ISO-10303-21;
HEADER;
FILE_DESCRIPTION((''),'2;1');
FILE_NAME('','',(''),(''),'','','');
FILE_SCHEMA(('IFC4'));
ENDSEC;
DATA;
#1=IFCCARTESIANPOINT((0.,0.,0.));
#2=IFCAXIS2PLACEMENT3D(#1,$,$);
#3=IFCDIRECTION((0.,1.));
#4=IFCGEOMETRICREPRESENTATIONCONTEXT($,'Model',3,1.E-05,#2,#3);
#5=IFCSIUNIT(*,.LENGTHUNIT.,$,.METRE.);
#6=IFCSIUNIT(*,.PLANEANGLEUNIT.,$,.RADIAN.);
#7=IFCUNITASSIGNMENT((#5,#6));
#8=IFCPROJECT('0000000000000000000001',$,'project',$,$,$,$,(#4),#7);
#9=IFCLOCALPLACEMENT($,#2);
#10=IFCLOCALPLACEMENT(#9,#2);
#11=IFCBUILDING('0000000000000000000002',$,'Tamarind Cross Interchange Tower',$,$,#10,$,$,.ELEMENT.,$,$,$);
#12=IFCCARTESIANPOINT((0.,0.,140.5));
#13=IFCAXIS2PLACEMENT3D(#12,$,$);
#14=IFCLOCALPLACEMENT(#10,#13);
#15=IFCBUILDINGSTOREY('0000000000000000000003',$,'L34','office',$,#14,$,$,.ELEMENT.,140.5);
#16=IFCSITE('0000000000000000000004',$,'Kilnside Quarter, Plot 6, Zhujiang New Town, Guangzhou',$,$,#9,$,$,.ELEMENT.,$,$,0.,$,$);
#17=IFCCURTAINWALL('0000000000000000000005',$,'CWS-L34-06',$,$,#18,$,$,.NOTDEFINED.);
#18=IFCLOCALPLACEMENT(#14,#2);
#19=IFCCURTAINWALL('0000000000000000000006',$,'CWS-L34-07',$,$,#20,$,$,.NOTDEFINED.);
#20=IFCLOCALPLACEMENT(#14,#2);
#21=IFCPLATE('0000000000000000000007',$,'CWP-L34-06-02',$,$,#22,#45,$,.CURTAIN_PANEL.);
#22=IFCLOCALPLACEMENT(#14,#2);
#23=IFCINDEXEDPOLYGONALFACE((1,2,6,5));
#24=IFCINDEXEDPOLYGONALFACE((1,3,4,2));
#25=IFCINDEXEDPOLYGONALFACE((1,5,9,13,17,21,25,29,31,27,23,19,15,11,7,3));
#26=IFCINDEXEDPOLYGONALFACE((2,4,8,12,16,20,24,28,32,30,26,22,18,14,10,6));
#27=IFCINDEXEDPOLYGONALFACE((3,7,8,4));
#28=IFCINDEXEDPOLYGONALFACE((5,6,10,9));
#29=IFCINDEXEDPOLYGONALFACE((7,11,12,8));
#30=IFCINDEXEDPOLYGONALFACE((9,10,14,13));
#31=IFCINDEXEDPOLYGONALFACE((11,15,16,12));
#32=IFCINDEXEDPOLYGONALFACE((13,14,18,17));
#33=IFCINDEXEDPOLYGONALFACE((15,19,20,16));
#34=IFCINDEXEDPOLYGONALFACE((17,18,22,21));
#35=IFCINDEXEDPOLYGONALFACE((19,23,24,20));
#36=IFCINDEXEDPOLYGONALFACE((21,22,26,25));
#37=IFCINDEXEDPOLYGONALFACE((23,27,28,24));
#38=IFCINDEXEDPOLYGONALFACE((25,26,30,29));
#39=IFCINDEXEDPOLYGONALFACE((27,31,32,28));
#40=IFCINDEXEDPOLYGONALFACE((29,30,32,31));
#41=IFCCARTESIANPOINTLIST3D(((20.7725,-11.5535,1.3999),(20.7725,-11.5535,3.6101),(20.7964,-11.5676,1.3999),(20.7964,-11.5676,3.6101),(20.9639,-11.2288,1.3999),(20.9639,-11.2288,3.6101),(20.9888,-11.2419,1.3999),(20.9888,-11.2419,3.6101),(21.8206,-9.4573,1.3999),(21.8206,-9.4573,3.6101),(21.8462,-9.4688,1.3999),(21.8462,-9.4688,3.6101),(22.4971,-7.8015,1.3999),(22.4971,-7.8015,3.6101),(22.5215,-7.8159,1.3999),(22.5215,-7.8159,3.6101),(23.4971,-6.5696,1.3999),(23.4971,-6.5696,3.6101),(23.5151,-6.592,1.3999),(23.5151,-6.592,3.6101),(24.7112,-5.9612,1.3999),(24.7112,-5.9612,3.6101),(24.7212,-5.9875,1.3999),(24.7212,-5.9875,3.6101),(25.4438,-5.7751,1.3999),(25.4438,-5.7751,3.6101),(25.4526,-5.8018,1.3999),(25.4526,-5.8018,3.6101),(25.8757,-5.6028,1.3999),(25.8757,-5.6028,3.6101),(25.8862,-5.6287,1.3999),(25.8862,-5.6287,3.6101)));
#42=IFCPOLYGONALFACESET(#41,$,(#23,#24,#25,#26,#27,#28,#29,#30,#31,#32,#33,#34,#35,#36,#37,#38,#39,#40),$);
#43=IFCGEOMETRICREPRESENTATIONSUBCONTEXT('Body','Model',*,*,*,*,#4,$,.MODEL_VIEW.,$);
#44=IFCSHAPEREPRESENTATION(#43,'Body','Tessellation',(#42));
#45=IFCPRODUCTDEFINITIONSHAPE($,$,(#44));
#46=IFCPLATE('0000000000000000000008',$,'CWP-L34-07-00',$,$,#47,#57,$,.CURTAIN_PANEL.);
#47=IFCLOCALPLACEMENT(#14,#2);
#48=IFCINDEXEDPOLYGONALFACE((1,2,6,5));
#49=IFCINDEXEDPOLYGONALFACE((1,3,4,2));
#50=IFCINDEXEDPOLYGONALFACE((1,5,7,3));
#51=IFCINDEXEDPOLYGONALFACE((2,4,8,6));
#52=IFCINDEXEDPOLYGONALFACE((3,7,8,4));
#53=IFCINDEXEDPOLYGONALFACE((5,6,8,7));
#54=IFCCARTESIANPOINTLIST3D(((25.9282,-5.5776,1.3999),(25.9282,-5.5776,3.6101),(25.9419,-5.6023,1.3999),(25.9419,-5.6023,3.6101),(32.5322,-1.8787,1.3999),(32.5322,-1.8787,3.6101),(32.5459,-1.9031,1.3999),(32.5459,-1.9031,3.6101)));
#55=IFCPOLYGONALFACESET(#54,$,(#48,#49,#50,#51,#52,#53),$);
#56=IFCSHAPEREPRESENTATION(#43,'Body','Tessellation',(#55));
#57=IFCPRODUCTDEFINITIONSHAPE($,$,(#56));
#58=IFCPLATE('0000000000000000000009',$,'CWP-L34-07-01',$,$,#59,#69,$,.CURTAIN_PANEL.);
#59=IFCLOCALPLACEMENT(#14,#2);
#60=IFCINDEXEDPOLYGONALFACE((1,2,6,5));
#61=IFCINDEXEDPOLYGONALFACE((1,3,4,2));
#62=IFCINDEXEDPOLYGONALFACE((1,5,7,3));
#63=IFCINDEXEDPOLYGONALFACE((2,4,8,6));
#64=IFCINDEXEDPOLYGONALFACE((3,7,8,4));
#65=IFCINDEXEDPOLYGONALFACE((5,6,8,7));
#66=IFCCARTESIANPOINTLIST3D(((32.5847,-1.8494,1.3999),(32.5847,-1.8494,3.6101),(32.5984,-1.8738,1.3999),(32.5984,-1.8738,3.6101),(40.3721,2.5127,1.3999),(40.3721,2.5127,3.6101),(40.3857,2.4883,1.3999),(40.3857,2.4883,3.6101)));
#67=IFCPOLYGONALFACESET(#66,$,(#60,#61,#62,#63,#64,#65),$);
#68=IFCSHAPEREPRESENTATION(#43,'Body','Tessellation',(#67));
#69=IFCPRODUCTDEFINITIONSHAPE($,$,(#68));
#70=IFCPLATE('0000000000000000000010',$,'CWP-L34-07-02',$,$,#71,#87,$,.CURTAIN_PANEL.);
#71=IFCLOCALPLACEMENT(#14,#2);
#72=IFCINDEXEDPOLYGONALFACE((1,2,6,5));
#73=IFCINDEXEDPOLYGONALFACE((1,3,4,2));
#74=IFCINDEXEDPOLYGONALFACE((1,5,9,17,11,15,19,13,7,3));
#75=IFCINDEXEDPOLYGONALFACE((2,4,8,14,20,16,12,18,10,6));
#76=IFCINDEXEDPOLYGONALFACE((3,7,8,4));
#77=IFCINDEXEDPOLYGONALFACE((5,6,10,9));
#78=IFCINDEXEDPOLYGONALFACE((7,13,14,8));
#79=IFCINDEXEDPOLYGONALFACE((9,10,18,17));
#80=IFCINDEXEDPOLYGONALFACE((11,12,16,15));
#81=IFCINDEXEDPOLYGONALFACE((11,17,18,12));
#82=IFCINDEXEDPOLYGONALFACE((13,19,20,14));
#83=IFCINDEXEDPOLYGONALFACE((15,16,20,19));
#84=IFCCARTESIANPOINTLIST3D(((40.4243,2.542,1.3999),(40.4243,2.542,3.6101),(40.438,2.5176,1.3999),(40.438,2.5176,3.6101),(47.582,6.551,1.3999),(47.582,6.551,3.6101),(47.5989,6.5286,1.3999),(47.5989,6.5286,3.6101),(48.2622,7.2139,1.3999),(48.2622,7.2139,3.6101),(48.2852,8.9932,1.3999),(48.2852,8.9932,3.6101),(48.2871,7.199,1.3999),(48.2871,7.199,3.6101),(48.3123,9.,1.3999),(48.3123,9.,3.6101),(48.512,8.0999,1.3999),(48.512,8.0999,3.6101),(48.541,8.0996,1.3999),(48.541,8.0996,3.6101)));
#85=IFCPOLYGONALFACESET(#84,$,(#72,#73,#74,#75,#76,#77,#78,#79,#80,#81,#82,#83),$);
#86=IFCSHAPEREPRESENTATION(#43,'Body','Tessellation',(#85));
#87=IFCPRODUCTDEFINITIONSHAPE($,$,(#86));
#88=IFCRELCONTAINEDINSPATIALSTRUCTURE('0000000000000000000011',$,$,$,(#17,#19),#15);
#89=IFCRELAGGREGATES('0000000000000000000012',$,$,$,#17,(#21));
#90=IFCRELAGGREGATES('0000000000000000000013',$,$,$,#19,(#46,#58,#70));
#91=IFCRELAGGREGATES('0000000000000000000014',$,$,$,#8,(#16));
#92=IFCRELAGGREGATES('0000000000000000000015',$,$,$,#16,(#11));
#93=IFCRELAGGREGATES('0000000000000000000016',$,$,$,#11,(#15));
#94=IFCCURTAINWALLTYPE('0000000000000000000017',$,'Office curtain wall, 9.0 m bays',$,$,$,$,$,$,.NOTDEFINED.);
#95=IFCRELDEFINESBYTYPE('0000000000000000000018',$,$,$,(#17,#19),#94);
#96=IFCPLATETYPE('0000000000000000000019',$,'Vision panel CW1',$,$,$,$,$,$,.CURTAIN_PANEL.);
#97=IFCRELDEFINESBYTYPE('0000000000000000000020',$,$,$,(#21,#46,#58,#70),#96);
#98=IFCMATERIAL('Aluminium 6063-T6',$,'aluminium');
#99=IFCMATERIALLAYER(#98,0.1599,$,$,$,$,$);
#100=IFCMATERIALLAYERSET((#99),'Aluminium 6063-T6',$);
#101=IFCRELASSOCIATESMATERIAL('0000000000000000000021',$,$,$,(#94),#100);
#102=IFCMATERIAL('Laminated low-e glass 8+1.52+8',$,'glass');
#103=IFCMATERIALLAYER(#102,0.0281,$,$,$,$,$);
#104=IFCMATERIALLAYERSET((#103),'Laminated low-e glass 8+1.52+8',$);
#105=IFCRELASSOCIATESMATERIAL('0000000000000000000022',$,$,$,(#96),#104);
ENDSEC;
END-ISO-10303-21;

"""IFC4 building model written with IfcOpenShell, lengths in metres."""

from ifc_helpers import new_model, si_unit, direction, frame, origin, place, context, subcontext, project, spatial, polyline, outline, extrude, material, layer, layer_set, type_object, element, aggregate, save


model = new_model("IFC4")

# Units and contexts
model_context = context("Model", 3, precision=1e-05, world=origin(), true_north=direction((0.0, 1.0)))
body_context = subcontext(model_context, "Body", "Model", "MODEL_VIEW")
ifc_project = project(units=[si_unit("LENGTHUNIT", "METRE"), si_unit("PLANEANGLEUNIT", "RADIAN")], contexts=[model_context])

# Site, building, storey
site_placement = place(None, origin())
site = spatial("IfcSite", under=ifc_project, at=site_placement, Name="Kilnside Quarter, Plot 6, Zhujiang New Town, Guangzhou", CompositionType="ELEMENT", RefElevation=0.0)
building_placement = place(site_placement, origin())
building = spatial("IfcBuilding", under=site, at=building_placement, Name="Tamarind Cross Interchange Tower", CompositionType="ELEMENT")
storey_placement = place(building_placement, frame((0.0, 0.0, 140.5)))
storey = spatial("IfcBuildingStorey", under=building, at=storey_placement, Name="L34", Description="office", CompositionType="ELEMENT", Elevation=140.5)

# Curtain walls
ifc_material_1 = material(Name="Aluminium 6063-T6", Category="aluminium")
ifc_layer_1 = layer(ifc_material_1, 0.1599)
ifc_layer_set_1 = layer_set([ifc_layer_1], Name="Aluminium 6063-T6")
curtain_wall_type = type_object("IfcCurtainWallType", Name="Office curtain wall, 9.0 m bays", PredefinedType="NOTDEFINED", material=ifc_layer_set_1)
curtain_wall_1_placement = place(storey_placement, origin())
curtain_wall_1 = element("IfcCurtainWall", 1, at=curtain_wall_1_placement, inside=storey, type_object=curtain_wall_type, Name="CWS-L34-06", PredefinedType="NOTDEFINED")
curtain_wall_2_placement = place(storey_placement, origin())
curtain_wall_2 = element("IfcCurtainWall", 2, at=curtain_wall_2_placement, inside=storey, type_object=curtain_wall_type, Name="CWS-L34-07", PredefinedType="NOTDEFINED")

# Plates
ifc_material_2 = material(Name="Laminated low-e glass 8+1.52+8", Category="glass")
ifc_layer_2 = layer(ifc_material_2, 0.0281)
ifc_layer_set_2 = layer_set([ifc_layer_2], Name="Laminated low-e glass 8+1.52+8")
plate_type = type_object("IfcPlateType", Name="Vision panel CW1", PredefinedType="CURTAIN_PANEL", material=ifc_layer_set_2)
plate_1_placement = place(storey_placement, frame((0.0, 0.0, 1.3999)))
plate_1 = element("IfcPlate", 3, at=plate_1_placement, type_object=plate_type, Name="CWP-L34-06-02", PredefinedType="CURTAIN_PANEL", context=body_context, shape_type="SweptSolid", body=[
    extrude(outline(polyline([(20.7725, -11.5535), (20.9639, -11.2288), (21.8206, -9.4573), (22.4971, -7.8015), (23.4971, -6.5696), (24.7112, -5.9612), (25.4438, -5.7751), (25.8757, -5.6028), (25.8862, -5.6287), (25.4526, -5.8018), (24.7212, -5.9875), (23.5151, -6.592), (22.5215, -7.8159), (21.8462, -9.4688), (20.9888, -11.2419), (20.7964, -11.5676), (20.7725, -11.5535)])), origin(), (0.0, 0.0, 1.0), 2.2102),
])
aggregate(curtain_wall_1, [plate_1])
plate_2_placement = place(storey_placement, frame((0.0, 0.0, 1.3999)))
plate_2 = element("IfcPlate", 4, at=plate_2_placement, type_object=plate_type, Name="CWP-L34-07-00", PredefinedType="CURTAIN_PANEL", context=body_context, shape_type="SweptSolid", body=[
    extrude(outline(polyline([(25.9282, -5.5776), (32.5322, -1.8787), (32.5459, -1.9031), (25.9419, -5.6023), (25.9282, -5.5776)])), origin(), (0.0, 0.0, 1.0), 2.2102),
])
plate_3_placement = place(storey_placement, frame((0.0, 0.0, 1.3999)))
plate_3 = element("IfcPlate", 5, at=plate_3_placement, type_object=plate_type, Name="CWP-L34-07-01", PredefinedType="CURTAIN_PANEL", context=body_context, shape_type="SweptSolid", body=[
    extrude(outline(polyline([(32.5847, -1.8494), (40.3721, 2.5127), (40.3857, 2.4883), (32.5984, -1.8738), (32.5847, -1.8494)])), origin(), (0.0, 0.0, 1.0), 2.2102),
])
plate_4_placement = place(storey_placement, frame((0.0, 0.0, 1.3999)))
plate_4 = element("IfcPlate", 6, at=plate_4_placement, type_object=plate_type, Name="CWP-L34-07-02", PredefinedType="CURTAIN_PANEL", context=body_context, shape_type="SweptSolid", body=[
    extrude(outline(polyline([(40.4243, 2.542), (47.582, 6.551), (48.2622, 7.2139), (48.512, 8.0999), (48.2852, 8.9932), (48.3123, 9.0), (48.541, 8.0996), (48.2871, 7.199), (47.5989, 6.5286), (40.438, 2.5176), (40.4243, 2.542)])), origin(), (0.0, 0.0, 1.0), 2.2102),
])
aggregate(curtain_wall_2, [plate_2, plate_3, plate_4])

save(model, "model.ifc")
